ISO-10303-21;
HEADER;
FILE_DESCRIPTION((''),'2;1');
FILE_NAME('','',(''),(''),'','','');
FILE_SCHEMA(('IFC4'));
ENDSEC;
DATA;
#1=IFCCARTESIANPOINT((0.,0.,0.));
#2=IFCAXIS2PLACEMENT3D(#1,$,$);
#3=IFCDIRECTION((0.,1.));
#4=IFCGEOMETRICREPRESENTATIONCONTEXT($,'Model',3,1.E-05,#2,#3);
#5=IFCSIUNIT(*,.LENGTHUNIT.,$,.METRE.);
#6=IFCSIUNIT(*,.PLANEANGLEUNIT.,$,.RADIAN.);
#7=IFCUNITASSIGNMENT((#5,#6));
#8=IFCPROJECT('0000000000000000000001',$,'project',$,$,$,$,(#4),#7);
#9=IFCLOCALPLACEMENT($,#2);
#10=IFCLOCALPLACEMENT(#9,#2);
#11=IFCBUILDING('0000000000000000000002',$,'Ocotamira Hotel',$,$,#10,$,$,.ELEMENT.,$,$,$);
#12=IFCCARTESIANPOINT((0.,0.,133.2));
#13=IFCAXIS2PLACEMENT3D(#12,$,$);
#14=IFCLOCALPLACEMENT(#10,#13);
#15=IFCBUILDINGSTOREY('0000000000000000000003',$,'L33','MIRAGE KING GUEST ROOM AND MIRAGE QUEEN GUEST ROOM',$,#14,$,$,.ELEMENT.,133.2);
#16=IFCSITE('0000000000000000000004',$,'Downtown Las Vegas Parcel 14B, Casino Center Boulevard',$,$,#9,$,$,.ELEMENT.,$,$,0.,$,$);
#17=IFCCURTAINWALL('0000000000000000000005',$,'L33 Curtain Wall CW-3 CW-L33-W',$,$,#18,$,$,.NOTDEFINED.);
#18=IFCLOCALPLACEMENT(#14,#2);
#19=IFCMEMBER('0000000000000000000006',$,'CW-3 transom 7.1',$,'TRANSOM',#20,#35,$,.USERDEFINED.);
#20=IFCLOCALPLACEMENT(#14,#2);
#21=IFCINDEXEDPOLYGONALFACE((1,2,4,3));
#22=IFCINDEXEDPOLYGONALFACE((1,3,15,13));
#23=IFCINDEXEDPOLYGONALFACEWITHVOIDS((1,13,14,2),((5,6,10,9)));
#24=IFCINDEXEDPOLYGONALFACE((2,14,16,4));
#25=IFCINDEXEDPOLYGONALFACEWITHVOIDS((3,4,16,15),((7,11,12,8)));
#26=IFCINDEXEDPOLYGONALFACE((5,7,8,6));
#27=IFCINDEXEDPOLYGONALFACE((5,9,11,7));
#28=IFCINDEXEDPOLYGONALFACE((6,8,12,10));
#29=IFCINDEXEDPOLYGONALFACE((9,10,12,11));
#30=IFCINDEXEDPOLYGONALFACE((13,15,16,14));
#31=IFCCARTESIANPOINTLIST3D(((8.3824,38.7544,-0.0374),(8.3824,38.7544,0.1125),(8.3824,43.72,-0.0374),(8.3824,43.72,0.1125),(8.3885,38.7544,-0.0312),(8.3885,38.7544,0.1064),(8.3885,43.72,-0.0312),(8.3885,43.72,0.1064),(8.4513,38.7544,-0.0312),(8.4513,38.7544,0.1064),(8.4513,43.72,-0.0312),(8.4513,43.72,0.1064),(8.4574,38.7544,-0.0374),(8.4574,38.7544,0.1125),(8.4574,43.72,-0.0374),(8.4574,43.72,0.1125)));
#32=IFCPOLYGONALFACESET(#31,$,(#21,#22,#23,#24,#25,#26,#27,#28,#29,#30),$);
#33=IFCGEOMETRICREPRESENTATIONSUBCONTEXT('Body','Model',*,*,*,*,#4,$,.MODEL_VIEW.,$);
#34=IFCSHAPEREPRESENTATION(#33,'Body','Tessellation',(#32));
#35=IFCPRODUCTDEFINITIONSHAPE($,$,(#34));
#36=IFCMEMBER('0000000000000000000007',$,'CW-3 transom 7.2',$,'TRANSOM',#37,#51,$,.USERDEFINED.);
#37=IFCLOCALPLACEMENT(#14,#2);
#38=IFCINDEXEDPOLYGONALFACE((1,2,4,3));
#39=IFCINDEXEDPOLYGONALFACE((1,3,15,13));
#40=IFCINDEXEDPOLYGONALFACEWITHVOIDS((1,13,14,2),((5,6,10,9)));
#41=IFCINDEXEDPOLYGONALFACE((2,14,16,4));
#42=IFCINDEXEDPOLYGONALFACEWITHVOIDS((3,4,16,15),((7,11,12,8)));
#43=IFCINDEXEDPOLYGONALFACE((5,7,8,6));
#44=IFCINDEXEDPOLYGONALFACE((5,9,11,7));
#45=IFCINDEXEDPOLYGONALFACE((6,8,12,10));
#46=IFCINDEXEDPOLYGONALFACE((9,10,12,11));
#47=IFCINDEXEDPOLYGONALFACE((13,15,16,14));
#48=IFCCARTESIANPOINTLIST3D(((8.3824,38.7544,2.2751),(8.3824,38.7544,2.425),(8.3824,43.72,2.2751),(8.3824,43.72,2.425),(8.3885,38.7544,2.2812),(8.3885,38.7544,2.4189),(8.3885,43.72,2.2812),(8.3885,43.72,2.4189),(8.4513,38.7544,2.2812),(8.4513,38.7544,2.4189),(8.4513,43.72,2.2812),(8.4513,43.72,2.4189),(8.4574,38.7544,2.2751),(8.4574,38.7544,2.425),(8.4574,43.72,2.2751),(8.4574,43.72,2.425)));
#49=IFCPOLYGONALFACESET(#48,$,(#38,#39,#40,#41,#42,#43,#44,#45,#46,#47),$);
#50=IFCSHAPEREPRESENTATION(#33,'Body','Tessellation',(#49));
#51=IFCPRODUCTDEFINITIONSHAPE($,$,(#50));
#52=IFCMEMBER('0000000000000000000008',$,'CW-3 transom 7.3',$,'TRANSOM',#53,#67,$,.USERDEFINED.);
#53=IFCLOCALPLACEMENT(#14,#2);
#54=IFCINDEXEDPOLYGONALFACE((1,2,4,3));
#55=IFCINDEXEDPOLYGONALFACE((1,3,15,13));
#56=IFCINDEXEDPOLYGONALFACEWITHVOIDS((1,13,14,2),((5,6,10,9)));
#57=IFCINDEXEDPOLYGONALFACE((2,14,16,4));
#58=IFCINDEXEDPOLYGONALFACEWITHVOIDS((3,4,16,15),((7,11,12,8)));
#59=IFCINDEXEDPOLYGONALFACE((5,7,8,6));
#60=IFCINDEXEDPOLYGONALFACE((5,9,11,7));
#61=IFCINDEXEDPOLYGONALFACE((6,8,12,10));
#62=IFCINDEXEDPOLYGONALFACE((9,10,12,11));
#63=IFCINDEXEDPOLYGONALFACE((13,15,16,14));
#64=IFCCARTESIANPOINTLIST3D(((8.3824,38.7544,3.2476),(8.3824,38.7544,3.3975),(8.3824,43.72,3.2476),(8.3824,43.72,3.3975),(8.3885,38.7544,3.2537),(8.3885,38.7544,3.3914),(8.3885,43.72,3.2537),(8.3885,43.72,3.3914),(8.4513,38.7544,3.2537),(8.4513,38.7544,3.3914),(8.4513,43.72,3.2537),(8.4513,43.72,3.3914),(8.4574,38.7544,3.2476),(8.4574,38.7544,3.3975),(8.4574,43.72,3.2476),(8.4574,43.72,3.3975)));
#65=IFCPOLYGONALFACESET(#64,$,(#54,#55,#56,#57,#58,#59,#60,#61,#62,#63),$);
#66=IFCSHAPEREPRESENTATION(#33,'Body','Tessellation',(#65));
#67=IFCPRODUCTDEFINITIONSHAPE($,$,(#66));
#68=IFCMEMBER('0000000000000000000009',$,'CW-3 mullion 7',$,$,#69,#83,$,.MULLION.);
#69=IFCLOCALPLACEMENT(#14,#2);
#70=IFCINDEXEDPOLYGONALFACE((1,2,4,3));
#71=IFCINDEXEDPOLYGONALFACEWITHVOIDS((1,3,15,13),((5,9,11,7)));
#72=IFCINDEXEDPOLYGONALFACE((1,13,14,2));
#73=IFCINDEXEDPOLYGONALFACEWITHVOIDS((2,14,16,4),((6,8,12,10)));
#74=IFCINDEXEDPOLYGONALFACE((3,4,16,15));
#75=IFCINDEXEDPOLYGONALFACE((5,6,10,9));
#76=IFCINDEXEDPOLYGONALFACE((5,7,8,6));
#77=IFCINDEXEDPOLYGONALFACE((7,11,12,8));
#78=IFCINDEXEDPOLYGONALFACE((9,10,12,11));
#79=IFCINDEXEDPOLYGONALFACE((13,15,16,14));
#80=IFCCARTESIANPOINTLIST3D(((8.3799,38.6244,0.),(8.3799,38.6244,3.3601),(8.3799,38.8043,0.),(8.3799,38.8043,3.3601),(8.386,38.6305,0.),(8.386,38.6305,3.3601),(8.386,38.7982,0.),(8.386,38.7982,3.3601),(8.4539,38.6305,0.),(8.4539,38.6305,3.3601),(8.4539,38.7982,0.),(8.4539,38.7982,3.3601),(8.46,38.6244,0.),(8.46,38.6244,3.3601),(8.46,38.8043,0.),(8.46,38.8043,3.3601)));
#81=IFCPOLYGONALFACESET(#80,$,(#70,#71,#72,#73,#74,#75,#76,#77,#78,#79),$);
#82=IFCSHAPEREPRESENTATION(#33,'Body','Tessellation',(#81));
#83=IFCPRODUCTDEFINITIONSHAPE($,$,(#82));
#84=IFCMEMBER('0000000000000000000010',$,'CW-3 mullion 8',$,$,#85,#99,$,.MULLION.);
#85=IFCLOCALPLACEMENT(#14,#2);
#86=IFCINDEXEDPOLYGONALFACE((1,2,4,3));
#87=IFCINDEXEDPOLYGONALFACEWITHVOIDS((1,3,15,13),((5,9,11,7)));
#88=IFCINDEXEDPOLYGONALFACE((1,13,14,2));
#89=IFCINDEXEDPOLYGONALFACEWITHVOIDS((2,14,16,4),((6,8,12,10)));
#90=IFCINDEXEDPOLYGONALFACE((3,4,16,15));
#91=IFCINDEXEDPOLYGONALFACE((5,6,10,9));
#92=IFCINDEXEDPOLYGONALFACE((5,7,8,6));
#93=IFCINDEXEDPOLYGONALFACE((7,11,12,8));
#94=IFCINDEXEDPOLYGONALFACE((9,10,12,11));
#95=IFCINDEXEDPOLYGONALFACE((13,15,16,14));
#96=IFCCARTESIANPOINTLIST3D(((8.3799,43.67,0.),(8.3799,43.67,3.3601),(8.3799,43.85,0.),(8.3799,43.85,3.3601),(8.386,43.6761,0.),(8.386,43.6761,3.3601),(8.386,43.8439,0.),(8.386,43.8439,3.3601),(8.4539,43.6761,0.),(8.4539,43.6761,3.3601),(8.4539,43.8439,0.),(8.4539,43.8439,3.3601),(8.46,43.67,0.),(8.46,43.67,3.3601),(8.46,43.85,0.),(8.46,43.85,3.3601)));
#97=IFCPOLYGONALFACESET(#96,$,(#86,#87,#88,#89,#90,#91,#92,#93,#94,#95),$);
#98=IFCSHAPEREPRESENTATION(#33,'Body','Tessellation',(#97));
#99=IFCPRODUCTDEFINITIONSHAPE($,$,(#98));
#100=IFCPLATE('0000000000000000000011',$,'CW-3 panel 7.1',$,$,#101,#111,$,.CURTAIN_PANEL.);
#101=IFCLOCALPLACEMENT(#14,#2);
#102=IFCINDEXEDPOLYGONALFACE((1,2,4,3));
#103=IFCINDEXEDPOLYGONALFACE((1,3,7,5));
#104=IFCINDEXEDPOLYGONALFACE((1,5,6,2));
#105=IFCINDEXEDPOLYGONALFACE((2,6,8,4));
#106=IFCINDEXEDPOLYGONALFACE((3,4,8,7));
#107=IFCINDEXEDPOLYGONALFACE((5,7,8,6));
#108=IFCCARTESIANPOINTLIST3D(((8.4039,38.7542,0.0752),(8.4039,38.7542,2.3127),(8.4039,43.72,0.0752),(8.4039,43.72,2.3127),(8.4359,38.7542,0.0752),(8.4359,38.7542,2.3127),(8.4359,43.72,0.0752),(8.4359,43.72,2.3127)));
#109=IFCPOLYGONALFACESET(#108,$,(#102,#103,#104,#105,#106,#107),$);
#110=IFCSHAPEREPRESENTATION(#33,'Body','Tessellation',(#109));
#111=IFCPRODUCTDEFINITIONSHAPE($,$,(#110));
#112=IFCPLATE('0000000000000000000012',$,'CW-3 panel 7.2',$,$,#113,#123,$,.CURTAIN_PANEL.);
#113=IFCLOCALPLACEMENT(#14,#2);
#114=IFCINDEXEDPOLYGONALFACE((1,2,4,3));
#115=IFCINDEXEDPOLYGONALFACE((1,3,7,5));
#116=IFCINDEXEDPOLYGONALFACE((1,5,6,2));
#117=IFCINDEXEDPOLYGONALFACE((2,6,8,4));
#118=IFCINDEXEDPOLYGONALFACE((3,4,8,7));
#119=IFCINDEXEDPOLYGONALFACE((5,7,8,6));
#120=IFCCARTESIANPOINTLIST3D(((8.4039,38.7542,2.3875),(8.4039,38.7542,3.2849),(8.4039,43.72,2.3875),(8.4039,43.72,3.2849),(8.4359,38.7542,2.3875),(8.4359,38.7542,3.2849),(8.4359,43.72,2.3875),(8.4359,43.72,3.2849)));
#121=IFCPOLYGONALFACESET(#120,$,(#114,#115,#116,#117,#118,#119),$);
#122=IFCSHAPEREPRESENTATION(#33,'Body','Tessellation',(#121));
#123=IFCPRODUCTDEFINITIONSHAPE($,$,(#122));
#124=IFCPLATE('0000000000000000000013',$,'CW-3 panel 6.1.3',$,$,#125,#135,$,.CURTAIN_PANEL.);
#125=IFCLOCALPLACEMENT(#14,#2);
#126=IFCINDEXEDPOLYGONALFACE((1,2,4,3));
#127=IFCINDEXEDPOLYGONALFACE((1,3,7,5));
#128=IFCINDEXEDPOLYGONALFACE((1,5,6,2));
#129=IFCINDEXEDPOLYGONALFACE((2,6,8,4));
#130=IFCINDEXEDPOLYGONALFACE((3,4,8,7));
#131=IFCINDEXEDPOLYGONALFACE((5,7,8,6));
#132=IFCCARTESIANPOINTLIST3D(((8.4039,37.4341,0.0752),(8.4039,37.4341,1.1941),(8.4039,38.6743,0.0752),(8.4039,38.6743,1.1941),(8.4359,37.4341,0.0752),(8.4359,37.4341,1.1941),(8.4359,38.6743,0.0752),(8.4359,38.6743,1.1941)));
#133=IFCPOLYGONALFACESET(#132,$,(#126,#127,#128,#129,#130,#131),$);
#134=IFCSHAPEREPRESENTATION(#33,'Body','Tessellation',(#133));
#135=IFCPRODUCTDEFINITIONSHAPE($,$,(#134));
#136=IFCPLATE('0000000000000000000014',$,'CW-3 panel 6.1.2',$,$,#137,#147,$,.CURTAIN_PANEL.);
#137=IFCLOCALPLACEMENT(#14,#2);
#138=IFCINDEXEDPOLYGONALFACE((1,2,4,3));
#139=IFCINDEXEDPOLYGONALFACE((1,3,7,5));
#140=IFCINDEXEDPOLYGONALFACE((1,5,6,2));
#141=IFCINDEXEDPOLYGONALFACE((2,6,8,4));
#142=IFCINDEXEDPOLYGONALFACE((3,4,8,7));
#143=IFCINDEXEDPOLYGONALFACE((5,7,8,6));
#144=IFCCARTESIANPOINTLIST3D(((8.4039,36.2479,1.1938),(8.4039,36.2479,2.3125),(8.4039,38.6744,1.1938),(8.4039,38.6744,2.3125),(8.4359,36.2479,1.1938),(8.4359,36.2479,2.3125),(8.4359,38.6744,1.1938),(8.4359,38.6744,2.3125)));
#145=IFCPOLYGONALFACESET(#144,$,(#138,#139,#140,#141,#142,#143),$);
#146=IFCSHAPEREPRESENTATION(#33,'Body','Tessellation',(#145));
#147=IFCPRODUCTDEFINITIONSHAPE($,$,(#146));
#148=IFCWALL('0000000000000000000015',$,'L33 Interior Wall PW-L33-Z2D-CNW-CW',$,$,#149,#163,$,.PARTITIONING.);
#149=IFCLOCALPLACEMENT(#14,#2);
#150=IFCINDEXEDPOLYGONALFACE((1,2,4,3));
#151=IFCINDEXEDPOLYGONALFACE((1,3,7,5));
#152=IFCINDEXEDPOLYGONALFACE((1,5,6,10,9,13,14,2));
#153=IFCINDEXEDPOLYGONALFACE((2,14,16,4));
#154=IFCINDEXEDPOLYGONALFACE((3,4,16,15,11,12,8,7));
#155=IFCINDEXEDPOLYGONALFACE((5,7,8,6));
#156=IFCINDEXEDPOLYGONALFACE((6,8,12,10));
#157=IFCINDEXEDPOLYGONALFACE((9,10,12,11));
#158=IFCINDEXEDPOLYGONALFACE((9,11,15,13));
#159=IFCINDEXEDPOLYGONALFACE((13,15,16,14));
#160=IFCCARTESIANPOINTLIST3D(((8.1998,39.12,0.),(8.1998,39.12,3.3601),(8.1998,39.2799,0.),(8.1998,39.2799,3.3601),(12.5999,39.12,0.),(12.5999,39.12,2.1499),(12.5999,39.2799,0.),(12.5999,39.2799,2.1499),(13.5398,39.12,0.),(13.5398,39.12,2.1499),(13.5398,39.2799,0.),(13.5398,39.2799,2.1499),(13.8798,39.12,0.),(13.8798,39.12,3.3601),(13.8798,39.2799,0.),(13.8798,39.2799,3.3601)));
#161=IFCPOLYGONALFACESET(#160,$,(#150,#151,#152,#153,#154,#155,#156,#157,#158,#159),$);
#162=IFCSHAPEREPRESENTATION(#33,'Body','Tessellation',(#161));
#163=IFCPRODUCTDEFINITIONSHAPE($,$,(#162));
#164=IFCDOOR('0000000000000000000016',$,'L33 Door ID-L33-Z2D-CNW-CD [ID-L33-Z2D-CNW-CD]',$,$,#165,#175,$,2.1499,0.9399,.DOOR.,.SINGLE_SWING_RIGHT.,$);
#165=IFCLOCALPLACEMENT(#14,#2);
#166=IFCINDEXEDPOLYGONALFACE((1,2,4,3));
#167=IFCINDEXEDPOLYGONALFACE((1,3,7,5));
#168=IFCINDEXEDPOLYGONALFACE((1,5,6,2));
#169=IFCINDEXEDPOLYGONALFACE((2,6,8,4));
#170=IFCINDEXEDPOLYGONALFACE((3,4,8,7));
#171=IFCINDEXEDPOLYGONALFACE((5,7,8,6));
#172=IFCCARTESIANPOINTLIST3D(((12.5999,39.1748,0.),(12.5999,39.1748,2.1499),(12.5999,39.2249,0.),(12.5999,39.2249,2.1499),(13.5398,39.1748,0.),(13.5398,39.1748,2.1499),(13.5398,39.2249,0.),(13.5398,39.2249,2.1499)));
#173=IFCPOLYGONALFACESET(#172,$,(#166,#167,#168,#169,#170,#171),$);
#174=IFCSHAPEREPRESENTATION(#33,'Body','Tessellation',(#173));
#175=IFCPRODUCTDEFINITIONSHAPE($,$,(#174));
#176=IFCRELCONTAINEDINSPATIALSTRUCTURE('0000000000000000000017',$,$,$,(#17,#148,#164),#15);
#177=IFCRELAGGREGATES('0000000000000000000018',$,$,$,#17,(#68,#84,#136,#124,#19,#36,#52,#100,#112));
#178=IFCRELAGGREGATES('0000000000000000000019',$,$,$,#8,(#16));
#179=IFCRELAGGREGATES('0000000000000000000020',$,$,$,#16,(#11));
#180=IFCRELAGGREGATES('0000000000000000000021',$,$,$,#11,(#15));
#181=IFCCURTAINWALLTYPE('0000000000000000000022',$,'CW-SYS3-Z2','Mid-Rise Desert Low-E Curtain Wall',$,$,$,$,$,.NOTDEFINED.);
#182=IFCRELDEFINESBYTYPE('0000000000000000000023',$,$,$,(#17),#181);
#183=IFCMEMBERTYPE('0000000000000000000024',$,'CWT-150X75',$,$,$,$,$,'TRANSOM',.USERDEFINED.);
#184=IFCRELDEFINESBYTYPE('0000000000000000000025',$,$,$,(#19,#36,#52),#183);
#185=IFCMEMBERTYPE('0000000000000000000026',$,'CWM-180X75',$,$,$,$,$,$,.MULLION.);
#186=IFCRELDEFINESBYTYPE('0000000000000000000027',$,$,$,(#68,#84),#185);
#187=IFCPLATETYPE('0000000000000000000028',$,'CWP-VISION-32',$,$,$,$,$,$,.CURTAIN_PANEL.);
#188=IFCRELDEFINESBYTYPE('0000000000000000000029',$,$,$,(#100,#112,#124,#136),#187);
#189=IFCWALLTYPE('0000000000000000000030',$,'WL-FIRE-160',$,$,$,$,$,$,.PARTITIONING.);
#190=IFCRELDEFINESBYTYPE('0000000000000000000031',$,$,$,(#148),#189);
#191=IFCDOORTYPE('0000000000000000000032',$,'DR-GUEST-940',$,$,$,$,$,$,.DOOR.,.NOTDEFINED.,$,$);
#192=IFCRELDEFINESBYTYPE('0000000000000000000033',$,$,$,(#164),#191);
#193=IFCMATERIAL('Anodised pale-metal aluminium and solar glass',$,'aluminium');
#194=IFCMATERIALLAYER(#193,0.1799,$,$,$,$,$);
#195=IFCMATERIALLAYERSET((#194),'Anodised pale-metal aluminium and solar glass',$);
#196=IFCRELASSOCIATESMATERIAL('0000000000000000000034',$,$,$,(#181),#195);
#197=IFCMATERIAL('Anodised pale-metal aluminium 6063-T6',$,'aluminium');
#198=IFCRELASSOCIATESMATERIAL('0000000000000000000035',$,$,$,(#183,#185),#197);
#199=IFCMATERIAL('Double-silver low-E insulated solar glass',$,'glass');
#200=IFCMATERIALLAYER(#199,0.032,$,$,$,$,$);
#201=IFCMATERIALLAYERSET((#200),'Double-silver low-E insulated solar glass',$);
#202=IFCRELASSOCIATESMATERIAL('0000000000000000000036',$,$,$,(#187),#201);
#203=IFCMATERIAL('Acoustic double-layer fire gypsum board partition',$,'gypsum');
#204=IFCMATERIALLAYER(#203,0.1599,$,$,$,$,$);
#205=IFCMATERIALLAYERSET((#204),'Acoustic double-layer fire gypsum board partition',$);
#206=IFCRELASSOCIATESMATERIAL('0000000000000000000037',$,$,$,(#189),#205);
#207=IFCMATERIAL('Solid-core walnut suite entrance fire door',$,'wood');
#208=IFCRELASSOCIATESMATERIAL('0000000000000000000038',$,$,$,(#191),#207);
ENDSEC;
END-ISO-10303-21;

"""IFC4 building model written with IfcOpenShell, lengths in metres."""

from ifc_helpers import new_model, si_unit, direction, frame, frame_2d, origin, origin_2d, place, context, subcontext, project, spatial, rectangle, hollow_rectangle, extrude, source, transform, mapped, material, layer, layer_set, material_profile, profile_set, type_object, element, fill, aggregate, save


model = new_model("IFC4")

# Units and contexts
model_context = context("Model", 3, precision=1e-05, world=origin(), true_north=direction((0.0, 1.0)))
body_context = subcontext(model_context, "Body", "Model", "MODEL_VIEW")
ifc_project = project(units=[si_unit("LENGTHUNIT", "METRE"), si_unit("PLANEANGLEUNIT", "RADIAN")], contexts=[model_context])

# Site, building, storey
site_placement = place(None, origin())
site = spatial("IfcSite", under=ifc_project, at=site_placement, Name="Downtown Las Vegas Parcel 14B, Casino Center Boulevard", CompositionType="ELEMENT", RefElevation=0.0)
building_placement = place(site_placement, origin())
building = spatial("IfcBuilding", under=site, at=building_placement, Name="Ocotamira Hotel", CompositionType="ELEMENT")
storey_placement = place(building_placement, frame((0.0, 0.0, 133.2)))
storey = spatial("IfcBuildingStorey", under=building, at=storey_placement, Name="L33", Description="MIRAGE KING GUEST ROOM AND MIRAGE QUEEN GUEST ROOM", CompositionType="ELEMENT", Elevation=133.2)

# Curtain wall, members, plates
ifc_material_1 = material(Name="Anodised pale-metal aluminium and solar glass", Category="aluminium")
ifc_layer_1 = layer(ifc_material_1, 0.1799)
ifc_layer_set_1 = layer_set([ifc_layer_1], Name="Anodised pale-metal aluminium and solar glass")
curtain_wall_type = type_object("IfcCurtainWallType", Name="CW-SYS3-Z2", Description="Mid-Rise Desert Low-E Curtain Wall", PredefinedType="NOTDEFINED", material=ifc_layer_set_1)
curtain_wall_placement = place(storey_placement, origin())
curtain_wall = element("IfcCurtainWall", 1, at=curtain_wall_placement, inside=storey, type_object=curtain_wall_type, Name="L33 Curtain Wall CW-3 CW-L33-W", PredefinedType="NOTDEFINED")
ifc_material_2 = material(Name="Anodised pale-metal aluminium 6063-T6", Category="aluminium")
ifc_material_profile_1 = material_profile(ifc_material_2, hollow_rectangle(XDim=0.075, YDim=0.1499, WallThickness=0.0061, at=origin_2d()), Name="HSS150X75X6")
ifc_profile_set_1 = profile_set([ifc_material_profile_1], Name="Anodised pale-metal aluminium 6063-T6")
member_type_1 = type_object("IfcMemberType", Name="CWT-150X75", ElementType="TRANSOM", PredefinedType="USERDEFINED", material=ifc_profile_set_1)
shared_shape_1 = source(origin(), body_context, "Body", "SweptSolid", [
    extrude(hollow_rectangle(XDim=0.075, YDim=0.1499, WallThickness=0.0061, at=origin_2d()), origin(), (0.0, 0.0, 1.0), 4.9656),
])
member_1_placement = place(storey_placement, frame((8.4199, 38.7544, 0.0376), z_axis=(0.0, 1.0, 0.0), x_axis=(-1.0, 0.0, 0.0)))
member_1 = element("IfcMember", 2, at=member_1_placement, type_object=member_type_1, Name="CW-3 transom 7.1", ObjectType="TRANSOM", PredefinedType="USERDEFINED", context=body_context, shape_type="MappedRepresentation", body=[
    mapped(shared_shape_1, transform((0.0, 0.0, 0.0), scale=1.0)),
])
member_2_placement = place(storey_placement, frame((8.4199, 38.7544, 2.3501), z_axis=(0.0, 1.0, 0.0), x_axis=(-1.0, 0.0, 0.0)))
member_2 = element("IfcMember", 3, at=member_2_placement, type_object=member_type_1, Name="CW-3 transom 7.2", ObjectType="TRANSOM", PredefinedType="USERDEFINED", context=body_context, shape_type="MappedRepresentation", body=[
    mapped(shared_shape_1, transform((0.0, 0.0, 0.0), scale=1.0)),
])
member_3_placement = place(storey_placement, frame((8.4199, 38.7544, 3.3225), z_axis=(0.0, 1.0, 0.0), x_axis=(-1.0, 0.0, 0.0)))
member_3 = element("IfcMember", 4, at=member_3_placement, type_object=member_type_1, Name="CW-3 transom 7.3", ObjectType="TRANSOM", PredefinedType="USERDEFINED", context=body_context, shape_type="MappedRepresentation", body=[
    mapped(shared_shape_1, transform((0.0, 0.0, 0.0), scale=1.0)),
])
ifc_material_profile_2 = material_profile(ifc_material_2, hollow_rectangle(XDim=0.0801, YDim=0.1799, WallThickness=0.0061, at=origin_2d()), Name="HSS180X80X6")
ifc_profile_set_2 = profile_set([ifc_material_profile_2], Name="Anodised pale-metal aluminium 6063-T6")
member_type_2 = type_object("IfcMemberType", Name="CWM-180X75", PredefinedType="MULLION", material=ifc_profile_set_2)
shared_shape_2 = source(origin(), body_context, "Body", "SweptSolid", [
    extrude(hollow_rectangle(XDim=0.0801, YDim=0.1799, WallThickness=0.0061, at=origin_2d()), origin(), (0.0, 0.0, 1.0), 3.3601),
])
member_4_placement = place(storey_placement, frame((8.4199, 38.7144, 0.0), z_axis=(0.0, 0.0, 1.0), x_axis=(-1.0, 0.0, 0.0)))
member_4 = element("IfcMember", 5, at=member_4_placement, type_object=member_type_2, Name="CW-3 mullion 7", PredefinedType="MULLION", context=body_context, shape_type="MappedRepresentation", body=[
    mapped(shared_shape_2, transform((0.0, 0.0, 0.0), scale=1.0)),
])
member_5_placement = place(storey_placement, frame((8.4199, 43.76, 0.0), z_axis=(0.0, 0.0, 1.0), x_axis=(-1.0, 0.0, 0.0)))
member_5 = element("IfcMember", 6, at=member_5_placement, type_object=member_type_2, Name="CW-3 mullion 8", PredefinedType="MULLION", context=body_context, shape_type="MappedRepresentation", body=[
    mapped(shared_shape_2, transform((0.0, 0.0, 0.0), scale=1.0)),
])
ifc_material_3 = material(Name="Double-silver low-E insulated solar glass", Category="glass")
ifc_layer_2 = layer(ifc_material_3, 0.032)
ifc_layer_set_2 = layer_set([ifc_layer_2], Name="Double-silver low-E insulated solar glass")
plate_type = type_object("IfcPlateType", Name="CWP-VISION-32", PredefinedType="CURTAIN_PANEL", material=ifc_layer_set_2)
shared_shape_3 = source(origin(), body_context, "Body", "SweptSolid", [
    extrude(rectangle(XDim=4.9658, YDim=0.032, at=origin_2d()), origin(), (0.0, 0.0, 1.0), 2.2375),
])
plate_1_placement = place(storey_placement, frame((8.4199, 41.2371, 0.0752), z_axis=(0.0, 0.0, 1.0), x_axis=(0.0, 1.0, 0.0)))
plate_1 = element("IfcPlate", 7, at=plate_1_placement, type_object=plate_type, Name="CW-3 panel 7.1", PredefinedType="CURTAIN_PANEL", context=body_context, shape_type="MappedRepresentation", body=[
    mapped(shared_shape_3, transform((0.0, 0.0, 0.0), scale=1.0)),
])
shared_shape_4 = source(origin(), body_context, "Body", "SweptSolid", [
    extrude(rectangle(XDim=4.9658, YDim=0.032, at=origin_2d()), origin(), (0.0, 0.0, 1.0), 0.8975),
])
plate_2_placement = place(storey_placement, frame((8.4199, 41.2371, 2.3875), z_axis=(0.0, 0.0, 1.0), x_axis=(0.0, 1.0, 0.0)))
plate_2 = element("IfcPlate", 8, at=plate_2_placement, type_object=plate_type, Name="CW-3 panel 7.2", PredefinedType="CURTAIN_PANEL", context=body_context, shape_type="MappedRepresentation", body=[
    mapped(shared_shape_4, transform((0.0, 0.0, 0.0), scale=1.0)),
])
shared_shape_5 = source(origin(), body_context, "Body", "SweptSolid", [
    extrude(rectangle(XDim=1.2402, YDim=0.032, at=origin_2d()), origin(), (0.0, 0.0, 1.0), 1.1189),
])
plate_3_placement = place(storey_placement, frame((8.4199, 38.0542, 0.0752), z_axis=(0.0, 0.0, 1.0), x_axis=(0.0, 1.0, 0.0)))
plate_3 = element("IfcPlate", 9, at=plate_3_placement, type_object=plate_type, Name="CW-3 panel 6.1.3", PredefinedType="CURTAIN_PANEL", context=body_context, shape_type="MappedRepresentation", body=[
    mapped(shared_shape_5, transform((0.0, 0.0, 0.0), scale=1.0)),
])
shared_shape_6 = source(origin(), body_context, "Body", "SweptSolid", [
    extrude(rectangle(XDim=2.4265, YDim=0.032, at=origin_2d()), origin(), (0.0, 0.0, 1.0), 1.1187),
])
plate_4_placement = place(storey_placement, frame((8.4199, 37.4612, 1.1938), z_axis=(0.0, 0.0, 1.0), x_axis=(0.0, 1.0, 0.0)))
plate_4 = element("IfcPlate", 10, at=plate_4_placement, type_object=plate_type, Name="CW-3 panel 6.1.2", PredefinedType="CURTAIN_PANEL", context=body_context, shape_type="MappedRepresentation", body=[
    mapped(shared_shape_6, transform((0.0, 0.0, 0.0), scale=1.0)),
])
aggregate(curtain_wall, [member_4, member_5, plate_4, plate_3, member_1, member_2, member_3, plate_1, plate_2])

# Wall, opening, door
ifc_material_4 = material(Name="Acoustic double-layer fire gypsum board partition", Category="gypsum")
ifc_layer_3 = layer(ifc_material_4, 0.1599)
ifc_layer_set_3 = layer_set([ifc_layer_3], Name="Acoustic double-layer fire gypsum board partition")
wall_type_1 = type_object("IfcWallType", Name="WL-FIRE-160", PredefinedType="PARTITIONING", material=ifc_layer_set_3)
wall_1_placement = place(storey_placement, frame((8.2, 39.2, 0.0), z_axis=(0.0, 0.0, 1.0), x_axis=(1.0, 0.0, 0.0)))
wall_1 = element("IfcWall", 11, at=wall_1_placement, inside=storey, type_object=wall_type_1, Name="L33 Interior Wall PW-L33-Z2D-CNW-CW", PredefinedType="PARTITIONING", context=body_context, shape_type="SweptSolid", body=[
    extrude(rectangle(XDim=5.6799, YDim=0.1599, at=frame_2d((2.8398, 0.0))), origin(), (0.0, 0.0, 1.0), 3.3601),
])
opening_1_placement = place(wall_1_placement, frame((4.3999, 0.0, 0.0)))
opening_1 = element("IfcOpeningElement", 12, at=opening_1_placement, cuts=wall_1, PredefinedType="OPENING", context=body_context, shape_type="SweptSolid", body=[
    extrude(rectangle(XDim=0.9399, YDim=2.1499, at=frame_2d((0.47, 1.075))), frame((0.0, 0.0898, 0.0), z_axis=(0.0, -1.0, 0.0), x_axis=(1.0, 0.0, 0.0)), (0.0, 0.0, 1.0), 0.1799),
])
ifc_material_5 = material(Name="Solid-core walnut suite entrance fire door", Category="wood")
door_type_1 = type_object("IfcDoorType", Name="DR-GUEST-940", OperationType="NOTDEFINED", PredefinedType="DOOR", material=ifc_material_5)
shared_shape_7 = source(origin(), body_context, "Body", "SweptSolid", [
    extrude(rectangle(XDim=0.9399, YDim=2.1499, at=frame_2d((0.47, 1.075))), frame((0.0, 0.0249, 0.0), z_axis=(0.0, -1.0, 0.0), x_axis=(1.0, 0.0, 0.0)), (0.0, 0.0, 1.0), 0.05),
])
door_1_placement = place(opening_1_placement, origin())
door_1 = element("IfcDoor", 13, at=door_1_placement, inside=storey, type_object=door_type_1, Name="L33 Door ID-L33-Z2D-CNW-CD [ID-L33-Z2D-CNW-CD]", OperationType="SINGLE_SWING_RIGHT", OverallHeight=2.1499, OverallWidth=0.9399, PredefinedType="DOOR", context=body_context, shape_type="MappedRepresentation", body=[
    mapped(shared_shape_7, transform((0.0, 0.0, 0.0), scale=1.0)),
])
fill(opening_1, door_1)

save(model, "model.ifc")
